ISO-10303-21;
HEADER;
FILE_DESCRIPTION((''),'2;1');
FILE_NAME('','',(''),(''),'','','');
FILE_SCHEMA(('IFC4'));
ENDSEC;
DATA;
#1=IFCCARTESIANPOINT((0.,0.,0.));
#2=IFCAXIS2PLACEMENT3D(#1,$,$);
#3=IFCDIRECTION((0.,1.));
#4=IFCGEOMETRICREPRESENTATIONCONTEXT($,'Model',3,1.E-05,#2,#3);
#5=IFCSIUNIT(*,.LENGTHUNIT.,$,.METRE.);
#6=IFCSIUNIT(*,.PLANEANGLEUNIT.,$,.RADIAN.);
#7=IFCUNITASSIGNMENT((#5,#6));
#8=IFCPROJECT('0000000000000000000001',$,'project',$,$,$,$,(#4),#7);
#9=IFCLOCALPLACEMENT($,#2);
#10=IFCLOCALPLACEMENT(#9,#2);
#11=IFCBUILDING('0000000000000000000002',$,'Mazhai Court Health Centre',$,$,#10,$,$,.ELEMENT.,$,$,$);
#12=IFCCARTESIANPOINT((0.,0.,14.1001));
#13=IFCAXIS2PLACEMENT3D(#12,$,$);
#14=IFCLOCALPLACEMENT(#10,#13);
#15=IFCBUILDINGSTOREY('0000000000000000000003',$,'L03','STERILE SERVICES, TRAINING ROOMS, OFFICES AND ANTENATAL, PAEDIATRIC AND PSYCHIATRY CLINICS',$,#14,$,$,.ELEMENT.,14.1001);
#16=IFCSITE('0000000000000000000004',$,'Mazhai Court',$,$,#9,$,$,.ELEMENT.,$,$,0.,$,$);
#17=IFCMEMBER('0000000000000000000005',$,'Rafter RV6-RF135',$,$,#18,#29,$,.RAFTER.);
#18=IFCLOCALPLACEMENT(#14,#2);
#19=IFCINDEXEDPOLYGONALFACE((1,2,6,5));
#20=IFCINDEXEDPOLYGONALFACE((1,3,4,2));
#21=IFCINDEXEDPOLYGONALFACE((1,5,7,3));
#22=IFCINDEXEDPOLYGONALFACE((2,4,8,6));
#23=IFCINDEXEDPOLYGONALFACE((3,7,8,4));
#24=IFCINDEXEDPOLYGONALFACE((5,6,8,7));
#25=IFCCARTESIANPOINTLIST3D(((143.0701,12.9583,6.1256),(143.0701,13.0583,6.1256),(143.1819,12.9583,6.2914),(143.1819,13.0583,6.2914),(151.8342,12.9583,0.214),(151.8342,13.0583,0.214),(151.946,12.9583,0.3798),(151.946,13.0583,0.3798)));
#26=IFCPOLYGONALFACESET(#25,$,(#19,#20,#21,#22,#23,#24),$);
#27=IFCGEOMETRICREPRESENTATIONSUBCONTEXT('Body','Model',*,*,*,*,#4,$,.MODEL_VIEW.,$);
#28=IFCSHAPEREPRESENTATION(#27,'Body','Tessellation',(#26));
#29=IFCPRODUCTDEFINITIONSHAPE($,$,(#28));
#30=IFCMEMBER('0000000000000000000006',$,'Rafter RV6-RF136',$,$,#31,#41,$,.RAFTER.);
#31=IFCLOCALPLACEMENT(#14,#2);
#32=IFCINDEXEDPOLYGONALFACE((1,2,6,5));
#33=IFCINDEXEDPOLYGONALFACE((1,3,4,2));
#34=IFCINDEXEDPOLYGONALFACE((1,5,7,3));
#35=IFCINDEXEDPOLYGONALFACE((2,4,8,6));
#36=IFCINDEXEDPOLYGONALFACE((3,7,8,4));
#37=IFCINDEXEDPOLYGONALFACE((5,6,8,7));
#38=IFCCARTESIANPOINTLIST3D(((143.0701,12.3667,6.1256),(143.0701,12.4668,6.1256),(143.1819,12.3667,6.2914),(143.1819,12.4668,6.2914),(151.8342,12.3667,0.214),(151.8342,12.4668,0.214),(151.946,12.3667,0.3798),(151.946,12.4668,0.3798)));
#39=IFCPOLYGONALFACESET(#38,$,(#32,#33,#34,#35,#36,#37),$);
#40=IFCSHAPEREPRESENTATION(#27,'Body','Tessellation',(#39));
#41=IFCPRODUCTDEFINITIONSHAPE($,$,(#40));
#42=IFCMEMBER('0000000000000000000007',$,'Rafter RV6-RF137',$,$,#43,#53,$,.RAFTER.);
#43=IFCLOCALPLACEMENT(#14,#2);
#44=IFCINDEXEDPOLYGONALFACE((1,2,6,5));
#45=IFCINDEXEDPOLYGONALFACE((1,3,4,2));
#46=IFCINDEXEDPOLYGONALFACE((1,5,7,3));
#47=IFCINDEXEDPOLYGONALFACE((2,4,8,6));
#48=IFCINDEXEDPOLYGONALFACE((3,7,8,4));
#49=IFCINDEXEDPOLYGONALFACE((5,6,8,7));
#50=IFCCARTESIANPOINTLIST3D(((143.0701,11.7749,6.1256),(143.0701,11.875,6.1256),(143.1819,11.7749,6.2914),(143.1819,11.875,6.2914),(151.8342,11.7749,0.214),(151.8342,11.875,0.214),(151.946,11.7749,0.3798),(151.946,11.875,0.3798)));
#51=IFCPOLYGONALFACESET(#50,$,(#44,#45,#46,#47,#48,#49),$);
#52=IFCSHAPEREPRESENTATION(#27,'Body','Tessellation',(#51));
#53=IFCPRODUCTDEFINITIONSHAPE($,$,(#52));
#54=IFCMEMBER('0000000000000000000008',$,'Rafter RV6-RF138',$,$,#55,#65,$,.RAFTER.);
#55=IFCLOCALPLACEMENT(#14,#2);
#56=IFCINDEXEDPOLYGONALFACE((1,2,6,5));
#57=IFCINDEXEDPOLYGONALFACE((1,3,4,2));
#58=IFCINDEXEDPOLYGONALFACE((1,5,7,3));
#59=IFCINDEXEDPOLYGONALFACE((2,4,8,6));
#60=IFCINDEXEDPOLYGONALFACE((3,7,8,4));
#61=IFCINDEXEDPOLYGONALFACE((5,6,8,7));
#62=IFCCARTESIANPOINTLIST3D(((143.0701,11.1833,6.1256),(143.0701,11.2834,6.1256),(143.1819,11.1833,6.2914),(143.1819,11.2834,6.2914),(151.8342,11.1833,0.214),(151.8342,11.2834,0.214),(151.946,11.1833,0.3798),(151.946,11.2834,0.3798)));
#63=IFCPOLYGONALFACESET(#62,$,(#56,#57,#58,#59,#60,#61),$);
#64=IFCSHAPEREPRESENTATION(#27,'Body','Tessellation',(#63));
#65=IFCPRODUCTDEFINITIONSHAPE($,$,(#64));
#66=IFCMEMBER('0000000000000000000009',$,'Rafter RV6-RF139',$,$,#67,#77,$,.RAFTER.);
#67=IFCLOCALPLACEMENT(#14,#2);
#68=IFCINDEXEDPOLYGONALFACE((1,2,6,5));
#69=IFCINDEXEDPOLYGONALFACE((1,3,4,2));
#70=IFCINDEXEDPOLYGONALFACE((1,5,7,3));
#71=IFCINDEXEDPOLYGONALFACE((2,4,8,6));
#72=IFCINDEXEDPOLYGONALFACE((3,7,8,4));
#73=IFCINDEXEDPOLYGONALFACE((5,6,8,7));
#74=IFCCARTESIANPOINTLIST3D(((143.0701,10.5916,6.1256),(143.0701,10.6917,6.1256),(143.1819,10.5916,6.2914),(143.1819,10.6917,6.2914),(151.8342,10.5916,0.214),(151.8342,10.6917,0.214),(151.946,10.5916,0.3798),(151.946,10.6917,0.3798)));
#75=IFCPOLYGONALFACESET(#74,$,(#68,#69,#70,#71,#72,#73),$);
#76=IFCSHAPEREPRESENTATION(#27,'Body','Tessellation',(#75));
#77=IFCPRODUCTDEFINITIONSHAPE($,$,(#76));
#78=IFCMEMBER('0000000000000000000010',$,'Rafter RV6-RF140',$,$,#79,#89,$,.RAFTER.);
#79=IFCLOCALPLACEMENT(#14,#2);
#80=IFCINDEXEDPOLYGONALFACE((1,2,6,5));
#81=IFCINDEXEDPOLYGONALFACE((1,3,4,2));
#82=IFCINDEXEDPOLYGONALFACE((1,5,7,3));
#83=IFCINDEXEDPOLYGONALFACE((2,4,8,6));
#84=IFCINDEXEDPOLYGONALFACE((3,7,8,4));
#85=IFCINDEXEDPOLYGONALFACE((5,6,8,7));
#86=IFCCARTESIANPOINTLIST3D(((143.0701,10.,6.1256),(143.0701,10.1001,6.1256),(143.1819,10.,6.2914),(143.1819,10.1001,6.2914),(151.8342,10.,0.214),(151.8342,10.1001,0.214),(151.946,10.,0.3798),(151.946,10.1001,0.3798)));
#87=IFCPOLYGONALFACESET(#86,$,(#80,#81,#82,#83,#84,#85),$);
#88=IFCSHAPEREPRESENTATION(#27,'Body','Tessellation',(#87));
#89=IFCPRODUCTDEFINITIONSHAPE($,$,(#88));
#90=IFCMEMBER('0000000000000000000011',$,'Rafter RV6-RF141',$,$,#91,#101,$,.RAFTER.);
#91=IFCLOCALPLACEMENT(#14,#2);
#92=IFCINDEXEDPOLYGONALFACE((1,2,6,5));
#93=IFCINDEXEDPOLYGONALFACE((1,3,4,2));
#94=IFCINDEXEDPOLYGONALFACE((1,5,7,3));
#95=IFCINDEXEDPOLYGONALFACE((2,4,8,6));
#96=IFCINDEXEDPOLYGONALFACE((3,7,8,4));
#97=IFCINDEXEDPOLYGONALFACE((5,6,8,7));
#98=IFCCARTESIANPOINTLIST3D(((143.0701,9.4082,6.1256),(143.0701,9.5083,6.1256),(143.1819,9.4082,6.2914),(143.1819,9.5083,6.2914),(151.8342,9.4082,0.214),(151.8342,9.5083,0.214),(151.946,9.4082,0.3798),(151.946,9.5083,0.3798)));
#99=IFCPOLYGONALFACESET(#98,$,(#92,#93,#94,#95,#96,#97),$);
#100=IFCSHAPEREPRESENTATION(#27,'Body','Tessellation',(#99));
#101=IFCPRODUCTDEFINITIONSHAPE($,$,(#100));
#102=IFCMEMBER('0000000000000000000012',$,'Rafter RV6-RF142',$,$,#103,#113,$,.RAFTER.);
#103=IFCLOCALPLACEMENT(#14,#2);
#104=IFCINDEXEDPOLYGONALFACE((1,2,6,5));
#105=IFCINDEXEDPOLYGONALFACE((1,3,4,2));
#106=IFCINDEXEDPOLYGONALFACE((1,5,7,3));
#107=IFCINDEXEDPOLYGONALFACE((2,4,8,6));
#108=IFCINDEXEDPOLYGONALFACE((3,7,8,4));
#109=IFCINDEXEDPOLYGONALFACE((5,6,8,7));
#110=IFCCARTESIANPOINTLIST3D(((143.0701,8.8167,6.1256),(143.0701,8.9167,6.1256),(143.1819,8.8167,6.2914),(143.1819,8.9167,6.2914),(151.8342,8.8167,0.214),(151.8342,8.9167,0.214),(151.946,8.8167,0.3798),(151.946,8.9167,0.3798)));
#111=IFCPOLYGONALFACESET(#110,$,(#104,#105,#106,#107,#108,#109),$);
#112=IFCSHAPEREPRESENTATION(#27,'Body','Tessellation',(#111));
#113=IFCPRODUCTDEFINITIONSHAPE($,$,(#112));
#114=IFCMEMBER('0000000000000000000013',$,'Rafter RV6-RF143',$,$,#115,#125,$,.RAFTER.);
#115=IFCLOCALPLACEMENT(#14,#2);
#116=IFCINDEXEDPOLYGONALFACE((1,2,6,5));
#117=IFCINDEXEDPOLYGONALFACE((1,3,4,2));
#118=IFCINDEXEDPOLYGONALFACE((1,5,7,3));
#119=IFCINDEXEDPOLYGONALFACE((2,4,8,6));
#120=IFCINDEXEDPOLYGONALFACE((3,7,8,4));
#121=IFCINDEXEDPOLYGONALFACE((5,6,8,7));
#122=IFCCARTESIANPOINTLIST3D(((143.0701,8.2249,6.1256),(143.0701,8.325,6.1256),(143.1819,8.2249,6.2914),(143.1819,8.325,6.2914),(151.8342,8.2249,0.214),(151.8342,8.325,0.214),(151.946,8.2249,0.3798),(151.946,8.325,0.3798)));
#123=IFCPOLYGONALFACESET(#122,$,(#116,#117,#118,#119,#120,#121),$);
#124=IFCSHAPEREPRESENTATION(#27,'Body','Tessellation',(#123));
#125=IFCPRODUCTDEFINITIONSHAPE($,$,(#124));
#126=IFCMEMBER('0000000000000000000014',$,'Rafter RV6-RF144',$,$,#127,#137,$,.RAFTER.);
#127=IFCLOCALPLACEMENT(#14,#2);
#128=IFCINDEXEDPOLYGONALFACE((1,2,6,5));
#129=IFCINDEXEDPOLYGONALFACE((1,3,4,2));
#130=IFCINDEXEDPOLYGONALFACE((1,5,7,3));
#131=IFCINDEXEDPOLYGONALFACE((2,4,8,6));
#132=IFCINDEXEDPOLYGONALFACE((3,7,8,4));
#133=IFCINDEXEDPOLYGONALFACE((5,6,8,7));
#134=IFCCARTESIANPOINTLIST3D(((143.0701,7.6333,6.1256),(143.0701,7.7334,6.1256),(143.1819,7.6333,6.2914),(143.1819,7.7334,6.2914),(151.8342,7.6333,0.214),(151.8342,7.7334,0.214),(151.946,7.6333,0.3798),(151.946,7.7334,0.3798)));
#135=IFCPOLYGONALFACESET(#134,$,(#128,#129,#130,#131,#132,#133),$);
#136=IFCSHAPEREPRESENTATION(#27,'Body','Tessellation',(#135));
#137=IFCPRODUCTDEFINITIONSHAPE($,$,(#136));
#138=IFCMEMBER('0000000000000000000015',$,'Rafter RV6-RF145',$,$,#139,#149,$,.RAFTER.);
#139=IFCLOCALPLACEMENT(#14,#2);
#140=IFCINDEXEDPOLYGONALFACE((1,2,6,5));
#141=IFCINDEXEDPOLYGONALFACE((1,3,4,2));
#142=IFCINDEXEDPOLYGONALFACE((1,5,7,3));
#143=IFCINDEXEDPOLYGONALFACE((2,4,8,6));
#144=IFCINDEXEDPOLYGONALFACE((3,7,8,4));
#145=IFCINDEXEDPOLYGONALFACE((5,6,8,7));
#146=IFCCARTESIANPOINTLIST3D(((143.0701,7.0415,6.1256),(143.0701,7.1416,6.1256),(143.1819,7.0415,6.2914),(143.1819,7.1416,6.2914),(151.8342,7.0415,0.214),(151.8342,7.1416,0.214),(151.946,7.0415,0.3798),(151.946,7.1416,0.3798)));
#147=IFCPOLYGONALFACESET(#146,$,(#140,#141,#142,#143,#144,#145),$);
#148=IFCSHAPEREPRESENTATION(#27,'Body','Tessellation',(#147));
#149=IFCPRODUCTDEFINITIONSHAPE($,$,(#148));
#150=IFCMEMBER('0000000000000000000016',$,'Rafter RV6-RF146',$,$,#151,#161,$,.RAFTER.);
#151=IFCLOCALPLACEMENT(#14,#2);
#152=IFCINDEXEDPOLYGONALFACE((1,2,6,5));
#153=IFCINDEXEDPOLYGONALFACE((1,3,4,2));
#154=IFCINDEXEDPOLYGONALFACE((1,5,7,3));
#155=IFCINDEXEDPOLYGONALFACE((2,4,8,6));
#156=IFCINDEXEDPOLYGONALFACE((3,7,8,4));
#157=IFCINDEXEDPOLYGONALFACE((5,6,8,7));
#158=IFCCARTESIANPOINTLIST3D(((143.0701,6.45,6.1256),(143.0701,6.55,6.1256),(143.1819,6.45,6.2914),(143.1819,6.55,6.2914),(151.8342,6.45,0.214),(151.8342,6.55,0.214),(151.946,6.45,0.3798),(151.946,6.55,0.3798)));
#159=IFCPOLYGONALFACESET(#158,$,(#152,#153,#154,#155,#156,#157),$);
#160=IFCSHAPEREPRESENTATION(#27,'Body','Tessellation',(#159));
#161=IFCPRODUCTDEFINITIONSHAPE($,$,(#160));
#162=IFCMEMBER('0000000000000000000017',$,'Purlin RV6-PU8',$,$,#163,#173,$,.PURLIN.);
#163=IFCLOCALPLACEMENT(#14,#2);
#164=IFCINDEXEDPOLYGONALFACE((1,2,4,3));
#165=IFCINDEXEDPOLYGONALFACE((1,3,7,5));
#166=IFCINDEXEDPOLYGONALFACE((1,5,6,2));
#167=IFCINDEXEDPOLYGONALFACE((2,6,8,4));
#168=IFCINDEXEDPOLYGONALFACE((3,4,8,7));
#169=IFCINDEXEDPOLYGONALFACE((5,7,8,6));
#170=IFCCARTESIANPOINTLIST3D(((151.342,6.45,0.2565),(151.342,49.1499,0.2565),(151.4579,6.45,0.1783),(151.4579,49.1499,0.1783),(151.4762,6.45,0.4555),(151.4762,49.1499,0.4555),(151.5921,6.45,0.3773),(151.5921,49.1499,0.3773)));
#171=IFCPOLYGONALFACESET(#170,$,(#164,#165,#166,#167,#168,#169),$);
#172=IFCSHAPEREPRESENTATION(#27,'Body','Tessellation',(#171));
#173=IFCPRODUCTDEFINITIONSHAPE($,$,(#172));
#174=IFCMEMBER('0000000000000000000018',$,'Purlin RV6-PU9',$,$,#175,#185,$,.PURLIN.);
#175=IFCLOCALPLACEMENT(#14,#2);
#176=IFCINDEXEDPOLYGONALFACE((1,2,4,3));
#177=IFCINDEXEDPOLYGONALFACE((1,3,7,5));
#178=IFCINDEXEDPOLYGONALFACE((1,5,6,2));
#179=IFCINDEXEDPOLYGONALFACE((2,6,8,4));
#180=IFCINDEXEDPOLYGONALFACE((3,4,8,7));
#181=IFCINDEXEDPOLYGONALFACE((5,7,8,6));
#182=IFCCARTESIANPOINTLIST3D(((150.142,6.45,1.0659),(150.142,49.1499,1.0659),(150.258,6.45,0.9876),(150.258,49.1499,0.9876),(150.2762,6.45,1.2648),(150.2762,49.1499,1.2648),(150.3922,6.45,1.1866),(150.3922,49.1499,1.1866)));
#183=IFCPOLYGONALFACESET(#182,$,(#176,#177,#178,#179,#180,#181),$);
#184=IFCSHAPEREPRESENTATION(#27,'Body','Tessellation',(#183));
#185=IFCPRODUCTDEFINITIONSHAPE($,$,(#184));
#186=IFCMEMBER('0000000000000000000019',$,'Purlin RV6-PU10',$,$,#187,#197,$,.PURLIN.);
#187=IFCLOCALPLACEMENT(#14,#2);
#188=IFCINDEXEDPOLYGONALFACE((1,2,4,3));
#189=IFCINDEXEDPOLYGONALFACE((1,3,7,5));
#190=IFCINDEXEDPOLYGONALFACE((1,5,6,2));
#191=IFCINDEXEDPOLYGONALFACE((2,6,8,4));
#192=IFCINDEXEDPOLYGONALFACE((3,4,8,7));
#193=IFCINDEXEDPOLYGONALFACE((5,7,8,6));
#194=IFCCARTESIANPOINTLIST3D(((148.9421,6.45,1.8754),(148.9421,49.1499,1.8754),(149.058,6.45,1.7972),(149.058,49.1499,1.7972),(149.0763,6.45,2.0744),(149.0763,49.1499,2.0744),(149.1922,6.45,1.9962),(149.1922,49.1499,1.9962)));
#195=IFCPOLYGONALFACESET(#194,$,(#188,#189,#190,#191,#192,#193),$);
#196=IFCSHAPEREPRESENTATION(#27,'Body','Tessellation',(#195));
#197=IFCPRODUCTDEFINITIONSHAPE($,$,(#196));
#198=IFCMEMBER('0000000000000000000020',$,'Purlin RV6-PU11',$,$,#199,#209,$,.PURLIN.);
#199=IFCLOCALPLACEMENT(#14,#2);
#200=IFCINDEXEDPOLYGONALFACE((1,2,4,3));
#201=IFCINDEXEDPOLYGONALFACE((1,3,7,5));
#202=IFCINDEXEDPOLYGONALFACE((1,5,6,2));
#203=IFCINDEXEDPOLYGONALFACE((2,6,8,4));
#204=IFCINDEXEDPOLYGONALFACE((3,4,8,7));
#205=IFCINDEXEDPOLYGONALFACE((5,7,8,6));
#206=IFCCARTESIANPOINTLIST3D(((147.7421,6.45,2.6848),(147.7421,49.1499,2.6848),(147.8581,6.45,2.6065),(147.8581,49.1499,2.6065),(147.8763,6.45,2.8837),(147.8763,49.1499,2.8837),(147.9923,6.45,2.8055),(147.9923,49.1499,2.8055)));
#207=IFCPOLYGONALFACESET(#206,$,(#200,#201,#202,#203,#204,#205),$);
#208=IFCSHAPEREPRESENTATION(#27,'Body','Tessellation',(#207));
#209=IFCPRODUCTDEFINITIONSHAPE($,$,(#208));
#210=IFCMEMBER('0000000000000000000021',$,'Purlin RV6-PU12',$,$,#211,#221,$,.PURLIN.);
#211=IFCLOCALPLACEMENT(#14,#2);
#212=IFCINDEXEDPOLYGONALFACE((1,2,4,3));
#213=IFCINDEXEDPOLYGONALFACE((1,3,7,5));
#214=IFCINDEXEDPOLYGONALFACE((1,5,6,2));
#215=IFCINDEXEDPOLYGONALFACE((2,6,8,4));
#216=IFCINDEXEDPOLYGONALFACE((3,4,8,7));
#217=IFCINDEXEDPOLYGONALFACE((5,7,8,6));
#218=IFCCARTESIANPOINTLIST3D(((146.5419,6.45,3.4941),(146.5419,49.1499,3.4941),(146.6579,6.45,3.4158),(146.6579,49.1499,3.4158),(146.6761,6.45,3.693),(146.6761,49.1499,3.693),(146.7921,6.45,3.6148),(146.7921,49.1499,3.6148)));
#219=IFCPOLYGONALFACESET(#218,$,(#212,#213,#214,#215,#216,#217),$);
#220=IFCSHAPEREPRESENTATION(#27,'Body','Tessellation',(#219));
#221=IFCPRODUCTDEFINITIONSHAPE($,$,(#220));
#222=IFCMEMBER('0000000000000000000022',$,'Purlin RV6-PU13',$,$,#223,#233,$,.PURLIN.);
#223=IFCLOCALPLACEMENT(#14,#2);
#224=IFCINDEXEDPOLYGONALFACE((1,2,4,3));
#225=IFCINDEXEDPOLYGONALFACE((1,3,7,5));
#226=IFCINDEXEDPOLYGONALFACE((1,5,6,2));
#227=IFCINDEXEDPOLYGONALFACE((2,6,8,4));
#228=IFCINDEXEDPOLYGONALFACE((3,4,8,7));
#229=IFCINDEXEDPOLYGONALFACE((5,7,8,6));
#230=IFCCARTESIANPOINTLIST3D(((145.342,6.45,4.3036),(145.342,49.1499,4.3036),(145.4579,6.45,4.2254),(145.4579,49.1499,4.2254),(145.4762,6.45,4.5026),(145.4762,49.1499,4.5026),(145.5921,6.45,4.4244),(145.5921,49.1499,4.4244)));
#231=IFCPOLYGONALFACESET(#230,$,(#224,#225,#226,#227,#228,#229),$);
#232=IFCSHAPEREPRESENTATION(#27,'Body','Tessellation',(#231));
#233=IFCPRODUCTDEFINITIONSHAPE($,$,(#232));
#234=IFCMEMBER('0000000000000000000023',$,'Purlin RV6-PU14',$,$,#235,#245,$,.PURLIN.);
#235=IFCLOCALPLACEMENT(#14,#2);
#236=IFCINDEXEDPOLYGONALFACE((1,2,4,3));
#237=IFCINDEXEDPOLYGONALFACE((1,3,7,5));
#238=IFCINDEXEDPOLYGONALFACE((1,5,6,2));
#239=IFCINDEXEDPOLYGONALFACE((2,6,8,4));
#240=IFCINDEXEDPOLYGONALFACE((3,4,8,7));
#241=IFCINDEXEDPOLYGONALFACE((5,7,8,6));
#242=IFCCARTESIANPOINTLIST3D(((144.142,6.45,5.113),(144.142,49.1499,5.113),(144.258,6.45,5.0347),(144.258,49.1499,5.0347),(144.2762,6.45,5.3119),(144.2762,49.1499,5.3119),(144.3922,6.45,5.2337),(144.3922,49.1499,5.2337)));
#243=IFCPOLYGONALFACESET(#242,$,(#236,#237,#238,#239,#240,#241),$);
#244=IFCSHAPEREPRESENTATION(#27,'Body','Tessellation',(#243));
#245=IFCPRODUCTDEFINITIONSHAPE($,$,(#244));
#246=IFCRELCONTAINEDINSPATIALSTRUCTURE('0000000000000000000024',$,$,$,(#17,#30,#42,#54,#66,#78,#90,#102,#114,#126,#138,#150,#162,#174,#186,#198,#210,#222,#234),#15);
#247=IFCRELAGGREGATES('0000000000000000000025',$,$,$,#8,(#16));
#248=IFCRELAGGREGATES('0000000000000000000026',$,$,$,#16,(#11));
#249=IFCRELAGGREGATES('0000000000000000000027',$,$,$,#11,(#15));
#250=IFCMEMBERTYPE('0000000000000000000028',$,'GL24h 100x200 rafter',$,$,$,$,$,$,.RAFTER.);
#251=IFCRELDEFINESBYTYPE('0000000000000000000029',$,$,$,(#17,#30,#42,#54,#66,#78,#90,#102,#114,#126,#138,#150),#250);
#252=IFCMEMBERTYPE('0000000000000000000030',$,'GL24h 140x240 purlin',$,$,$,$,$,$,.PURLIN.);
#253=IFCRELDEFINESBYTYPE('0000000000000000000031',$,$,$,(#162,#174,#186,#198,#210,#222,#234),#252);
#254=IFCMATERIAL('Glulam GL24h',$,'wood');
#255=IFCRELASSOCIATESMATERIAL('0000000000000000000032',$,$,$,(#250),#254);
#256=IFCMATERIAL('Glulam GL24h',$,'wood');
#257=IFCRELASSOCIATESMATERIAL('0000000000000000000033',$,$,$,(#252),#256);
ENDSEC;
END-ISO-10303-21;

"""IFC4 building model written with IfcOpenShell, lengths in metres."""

from ifc_helpers import new_model, si_unit, direction, frame, origin, origin_2d, place, context, subcontext, project, spatial, rectangle, extrude, material, material_profile, profile_set, type_object, element, save


model = new_model("IFC4")

# Units and contexts
model_context = context("Model", 3, precision=1e-05, world=origin(), true_north=direction((0.0, 1.0)))
body_context = subcontext(model_context, "Body", "Model", "MODEL_VIEW")
ifc_project = project(units=[si_unit("LENGTHUNIT", "METRE"), si_unit("PLANEANGLEUNIT", "RADIAN")], contexts=[model_context])

# Site, building, storey
site_placement = place(None, origin())
site = spatial("IfcSite", under=ifc_project, at=site_placement, Name="Mazhai Court", CompositionType="ELEMENT", RefElevation=0.0)
building_placement = place(site_placement, origin())
building = spatial("IfcBuilding", under=site, at=building_placement, Name="Mazhai Court Health Centre", CompositionType="ELEMENT")
storey_placement = place(building_placement, frame((0.0, 0.0, 14.1001)))
storey = spatial("IfcBuildingStorey", under=building, at=storey_placement, Name="L03", Description="STERILE SERVICES, TRAINING ROOMS, OFFICES AND ANTENATAL, PAEDIATRIC AND PSYCHIATRY CLINICS", CompositionType="ELEMENT", Elevation=14.1001)

# Members
ifc_material_1 = material(Name="Glulam GL24h", Category="wood")
ifc_material_profile_1 = material_profile(ifc_material_1, rectangle(XDim=0.1001, YDim=0.2, at=origin_2d()), Name="GL24h 100x200")
ifc_profile_set_1 = profile_set([ifc_material_profile_1], Name="Glulam GL24h")
member_type_1 = type_object("IfcMemberType", Name="GL24h 100x200 rafter", PredefinedType="RAFTER", material=ifc_profile_set_1)
for number, where, z_axis, x_axis, name in (
    (1, (151.8901, 13.0083, 0.2969), (-0.829032, 0.0, 0.559201), (0.0, -1.0, 0.0), "Rafter RV6-RF135"),
    (2, (151.8901, 12.4167, 0.2969), (-0.829032, 0.0, 0.559201), (0.0, -1.0, 0.0), "Rafter RV6-RF136"),
    (3, (151.8901, 11.825, 0.2969), (-0.829032, 0.0, 0.559201), (0.0, -1.0, 0.0), "Rafter RV6-RF137"),
    (4, (151.8901, 11.2334, 0.2969), (-0.829032, 0.0, 0.559201), (0.0, -1.0, 0.0), "Rafter RV6-RF138"),
    (5, (151.8901, 10.6416, 0.2969), (-0.829032, 0.0, 0.559201), (0.0, -1.0, 0.0), "Rafter RV6-RF139"),
    (6, (151.8901, 10.05, 0.2969), (-0.829032, 0.0, 0.559201), (0.0, -1.0, 0.0), "Rafter RV6-RF140"),
    (7, (151.8901, 9.4583, 0.2969), (-0.829032, 0.0, 0.559201), (0.0, -1.0, 0.0), "Rafter RV6-RF141"),
    (8, (151.8901, 8.8667, 0.2969), (-0.829032, 0.0, 0.559201), (0.0, -1.0, 0.0), "Rafter RV6-RF142"),
    (9, (151.8901, 8.2749, 0.2969), (-0.829032, 0.0, 0.559201), (0.0, -1.0, 0.0), "Rafter RV6-RF143"),
    (10, (151.8901, 7.6833, 0.2969), (-0.829032, 0.0, 0.559201), (0.0, -1.0, 0.0), "Rafter RV6-RF144"),
    (11, (151.8901, 7.0916, 0.2969), (-0.829032, 0.0, 0.559201), (0.0, -1.0, 0.0), "Rafter RV6-RF145"),
    (12, (151.8901, 6.5, 0.2969), (-0.829032, 0.0, 0.559201), (0.0, -1.0, 0.0), "Rafter RV6-RF146"),
):
    element("IfcMember", number, at=place(storey_placement, frame(where, z_axis=z_axis, x_axis=x_axis)), inside=storey, type_object=member_type_1, Name=name, PredefinedType="RAFTER", context=body_context, shape_type="SweptSolid", body=[
        extrude(rectangle(XDim=0.1001, YDim=0.2, at=origin_2d()), origin(), (0.0, 0.0, 1.0), 10.5715),
    ])
ifc_material_2 = material(Name="Glulam GL24h", Category="wood")
ifc_material_profile_2 = material_profile(ifc_material_2, rectangle(XDim=0.1399, YDim=0.24, at=origin_2d()), Name="GL24h 140x240")
ifc_profile_set_2 = profile_set([ifc_material_profile_2], Name="Glulam GL24h")
member_type_2 = type_object("IfcMemberType", Name="GL24h 140x240 purlin", PredefinedType="PURLIN", material=ifc_profile_set_2)
for number, where, z_axis, x_axis, name in (
    (13, (151.467, 6.45, 0.3169), (0.0, 1.0, 0.0), (-0.829038, 0.0, 0.559193), "Purlin RV6-PU8"),
    (14, (150.2671, 6.45, 1.1262), (0.0, 1.0, 0.0), (-0.829038, 0.0, 0.559193), "Purlin RV6-PU9"),
    (15, (149.0671, 6.45, 1.9358), (0.0, 1.0, 0.0), (-0.829038, 0.0, 0.559193), "Purlin RV6-PU10"),
    (16, (147.8672, 6.45, 2.7451), (0.0, 1.0, 0.0), (-0.829038, 0.0, 0.559193), "Purlin RV6-PU11"),
    (17, (146.667, 6.45, 3.5544), (0.0, 1.0, 0.0), (-0.829038, 0.0, 0.559193), "Purlin RV6-PU12"),
    (18, (145.467, 6.45, 4.364), (0.0, 1.0, 0.0), (-0.829038, 0.0, 0.559193), "Purlin RV6-PU13"),
    (19, (144.2671, 6.45, 5.1733), (0.0, 1.0, 0.0), (-0.829038, 0.0, 0.559193), "Purlin RV6-PU14"),
):
    element("IfcMember", number, at=place(storey_placement, frame(where, z_axis=z_axis, x_axis=x_axis)), inside=storey, type_object=member_type_2, Name=name, PredefinedType="PURLIN", context=body_context, shape_type="SweptSolid", body=[
        extrude(rectangle(XDim=0.1399, YDim=0.24, at=origin_2d()), origin(), (0.0, 0.0, 1.0), 42.7),
    ])

save(model, "model.ifc")
